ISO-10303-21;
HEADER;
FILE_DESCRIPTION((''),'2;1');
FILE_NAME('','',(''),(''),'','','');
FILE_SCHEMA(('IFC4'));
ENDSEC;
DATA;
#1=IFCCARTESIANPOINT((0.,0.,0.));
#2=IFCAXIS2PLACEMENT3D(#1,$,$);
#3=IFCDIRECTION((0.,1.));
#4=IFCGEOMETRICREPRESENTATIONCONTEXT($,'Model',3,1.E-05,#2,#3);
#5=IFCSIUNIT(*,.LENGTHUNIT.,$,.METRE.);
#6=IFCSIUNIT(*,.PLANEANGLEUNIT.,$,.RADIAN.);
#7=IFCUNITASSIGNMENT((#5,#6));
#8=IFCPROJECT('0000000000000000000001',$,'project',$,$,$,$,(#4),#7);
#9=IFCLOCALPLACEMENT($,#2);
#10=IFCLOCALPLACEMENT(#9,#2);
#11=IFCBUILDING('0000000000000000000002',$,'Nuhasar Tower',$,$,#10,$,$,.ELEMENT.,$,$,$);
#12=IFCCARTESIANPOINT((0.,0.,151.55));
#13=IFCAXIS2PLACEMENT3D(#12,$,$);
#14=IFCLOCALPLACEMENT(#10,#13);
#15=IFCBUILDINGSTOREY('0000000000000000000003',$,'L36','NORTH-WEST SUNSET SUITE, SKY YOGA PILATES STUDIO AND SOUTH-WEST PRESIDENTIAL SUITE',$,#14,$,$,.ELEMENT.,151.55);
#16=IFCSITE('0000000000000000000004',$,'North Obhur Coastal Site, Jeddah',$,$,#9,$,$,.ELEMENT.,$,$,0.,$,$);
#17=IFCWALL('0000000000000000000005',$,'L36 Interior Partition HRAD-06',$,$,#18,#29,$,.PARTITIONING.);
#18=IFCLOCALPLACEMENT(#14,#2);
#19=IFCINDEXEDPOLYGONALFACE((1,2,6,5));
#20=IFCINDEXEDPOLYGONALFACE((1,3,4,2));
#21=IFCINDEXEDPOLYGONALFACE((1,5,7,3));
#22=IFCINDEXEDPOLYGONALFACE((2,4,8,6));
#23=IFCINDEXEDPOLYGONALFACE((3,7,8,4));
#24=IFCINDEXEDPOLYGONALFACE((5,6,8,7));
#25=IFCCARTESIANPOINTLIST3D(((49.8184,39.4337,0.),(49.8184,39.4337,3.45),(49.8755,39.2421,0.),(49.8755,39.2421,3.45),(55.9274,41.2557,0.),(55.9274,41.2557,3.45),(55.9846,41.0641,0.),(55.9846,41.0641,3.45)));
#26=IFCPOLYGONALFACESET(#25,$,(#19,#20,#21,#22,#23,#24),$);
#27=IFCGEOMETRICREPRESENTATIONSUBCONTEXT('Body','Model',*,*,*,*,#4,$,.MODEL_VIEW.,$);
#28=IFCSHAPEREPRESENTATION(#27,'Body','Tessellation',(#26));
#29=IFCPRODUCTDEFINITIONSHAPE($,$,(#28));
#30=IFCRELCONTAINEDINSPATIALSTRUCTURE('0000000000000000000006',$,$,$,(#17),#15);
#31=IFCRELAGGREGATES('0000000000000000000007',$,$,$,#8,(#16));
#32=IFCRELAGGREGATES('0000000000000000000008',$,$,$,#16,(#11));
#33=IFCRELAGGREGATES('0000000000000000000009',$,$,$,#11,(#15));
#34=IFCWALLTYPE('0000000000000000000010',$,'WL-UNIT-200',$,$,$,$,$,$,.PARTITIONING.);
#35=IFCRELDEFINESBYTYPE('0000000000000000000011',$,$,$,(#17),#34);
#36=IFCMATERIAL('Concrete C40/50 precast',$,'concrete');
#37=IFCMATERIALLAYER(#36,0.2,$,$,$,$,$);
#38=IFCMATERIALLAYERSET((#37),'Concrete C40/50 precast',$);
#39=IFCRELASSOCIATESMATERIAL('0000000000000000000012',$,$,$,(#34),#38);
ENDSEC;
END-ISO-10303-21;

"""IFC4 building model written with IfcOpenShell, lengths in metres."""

from ifc_helpers import new_model, si_unit, direction, frame, frame_2d, origin, place, context, subcontext, project, spatial, rectangle, extrude, material, layer, layer_set, type_object, element, save


model = new_model("IFC4")

# Units and contexts
model_context = context("Model", 3, precision=1e-05, world=origin(), true_north=direction((0.0, 1.0)))
body_context = subcontext(model_context, "Body", "Model", "MODEL_VIEW")
ifc_project = project(units=[si_unit("LENGTHUNIT", "METRE"), si_unit("PLANEANGLEUNIT", "RADIAN")], contexts=[model_context])

# Site, building, storey
site_placement = place(None, origin())
site = spatial("IfcSite", under=ifc_project, at=site_placement, Name="North Obhur Coastal Site, Jeddah", CompositionType="ELEMENT", RefElevation=0.0)
building_placement = place(site_placement, origin())
building = spatial("IfcBuilding", under=site, at=building_placement, Name="Nuhasar Tower", CompositionType="ELEMENT")
storey_placement = place(building_placement, frame((0.0, 0.0, 151.55)))
storey = spatial("IfcBuildingStorey", under=building, at=storey_placement, Name="L36", Description="NORTH-WEST SUNSET SUITE, SKY YOGA PILATES STUDIO AND SOUTH-WEST PRESIDENTIAL SUITE", CompositionType="ELEMENT", Elevation=151.55)

# Wall
ifc_material_1 = material(Name="Concrete C40/50 precast", Category="concrete")
ifc_layer_1 = layer(ifc_material_1, 0.2)
ifc_layer_set_1 = layer_set([ifc_layer_1], Name="Concrete C40/50 precast")
wall_type = type_object("IfcWallType", Name="WL-UNIT-200", PredefinedType="PARTITIONING", material=ifc_layer_set_1)
wall_placement = place(storey_placement, frame((49.8469, 39.3379, 0.0), z_axis=(0.0, 0.0, 1.0), x_axis=(0.958288, 0.285805, 0.0)))
element("IfcWall", 1, at=wall_placement, inside=storey, type_object=wall_type, Name="L36 Interior Partition HRAD-06", PredefinedType="PARTITIONING", context=body_context, shape_type="SweptSolid", body=[
    extrude(rectangle(XDim=6.375, YDim=0.2, at=frame_2d((3.1875, 0.0))), origin(), (0.0, 0.0, 1.0), 3.45),
])

save(model, "model.ifc")
